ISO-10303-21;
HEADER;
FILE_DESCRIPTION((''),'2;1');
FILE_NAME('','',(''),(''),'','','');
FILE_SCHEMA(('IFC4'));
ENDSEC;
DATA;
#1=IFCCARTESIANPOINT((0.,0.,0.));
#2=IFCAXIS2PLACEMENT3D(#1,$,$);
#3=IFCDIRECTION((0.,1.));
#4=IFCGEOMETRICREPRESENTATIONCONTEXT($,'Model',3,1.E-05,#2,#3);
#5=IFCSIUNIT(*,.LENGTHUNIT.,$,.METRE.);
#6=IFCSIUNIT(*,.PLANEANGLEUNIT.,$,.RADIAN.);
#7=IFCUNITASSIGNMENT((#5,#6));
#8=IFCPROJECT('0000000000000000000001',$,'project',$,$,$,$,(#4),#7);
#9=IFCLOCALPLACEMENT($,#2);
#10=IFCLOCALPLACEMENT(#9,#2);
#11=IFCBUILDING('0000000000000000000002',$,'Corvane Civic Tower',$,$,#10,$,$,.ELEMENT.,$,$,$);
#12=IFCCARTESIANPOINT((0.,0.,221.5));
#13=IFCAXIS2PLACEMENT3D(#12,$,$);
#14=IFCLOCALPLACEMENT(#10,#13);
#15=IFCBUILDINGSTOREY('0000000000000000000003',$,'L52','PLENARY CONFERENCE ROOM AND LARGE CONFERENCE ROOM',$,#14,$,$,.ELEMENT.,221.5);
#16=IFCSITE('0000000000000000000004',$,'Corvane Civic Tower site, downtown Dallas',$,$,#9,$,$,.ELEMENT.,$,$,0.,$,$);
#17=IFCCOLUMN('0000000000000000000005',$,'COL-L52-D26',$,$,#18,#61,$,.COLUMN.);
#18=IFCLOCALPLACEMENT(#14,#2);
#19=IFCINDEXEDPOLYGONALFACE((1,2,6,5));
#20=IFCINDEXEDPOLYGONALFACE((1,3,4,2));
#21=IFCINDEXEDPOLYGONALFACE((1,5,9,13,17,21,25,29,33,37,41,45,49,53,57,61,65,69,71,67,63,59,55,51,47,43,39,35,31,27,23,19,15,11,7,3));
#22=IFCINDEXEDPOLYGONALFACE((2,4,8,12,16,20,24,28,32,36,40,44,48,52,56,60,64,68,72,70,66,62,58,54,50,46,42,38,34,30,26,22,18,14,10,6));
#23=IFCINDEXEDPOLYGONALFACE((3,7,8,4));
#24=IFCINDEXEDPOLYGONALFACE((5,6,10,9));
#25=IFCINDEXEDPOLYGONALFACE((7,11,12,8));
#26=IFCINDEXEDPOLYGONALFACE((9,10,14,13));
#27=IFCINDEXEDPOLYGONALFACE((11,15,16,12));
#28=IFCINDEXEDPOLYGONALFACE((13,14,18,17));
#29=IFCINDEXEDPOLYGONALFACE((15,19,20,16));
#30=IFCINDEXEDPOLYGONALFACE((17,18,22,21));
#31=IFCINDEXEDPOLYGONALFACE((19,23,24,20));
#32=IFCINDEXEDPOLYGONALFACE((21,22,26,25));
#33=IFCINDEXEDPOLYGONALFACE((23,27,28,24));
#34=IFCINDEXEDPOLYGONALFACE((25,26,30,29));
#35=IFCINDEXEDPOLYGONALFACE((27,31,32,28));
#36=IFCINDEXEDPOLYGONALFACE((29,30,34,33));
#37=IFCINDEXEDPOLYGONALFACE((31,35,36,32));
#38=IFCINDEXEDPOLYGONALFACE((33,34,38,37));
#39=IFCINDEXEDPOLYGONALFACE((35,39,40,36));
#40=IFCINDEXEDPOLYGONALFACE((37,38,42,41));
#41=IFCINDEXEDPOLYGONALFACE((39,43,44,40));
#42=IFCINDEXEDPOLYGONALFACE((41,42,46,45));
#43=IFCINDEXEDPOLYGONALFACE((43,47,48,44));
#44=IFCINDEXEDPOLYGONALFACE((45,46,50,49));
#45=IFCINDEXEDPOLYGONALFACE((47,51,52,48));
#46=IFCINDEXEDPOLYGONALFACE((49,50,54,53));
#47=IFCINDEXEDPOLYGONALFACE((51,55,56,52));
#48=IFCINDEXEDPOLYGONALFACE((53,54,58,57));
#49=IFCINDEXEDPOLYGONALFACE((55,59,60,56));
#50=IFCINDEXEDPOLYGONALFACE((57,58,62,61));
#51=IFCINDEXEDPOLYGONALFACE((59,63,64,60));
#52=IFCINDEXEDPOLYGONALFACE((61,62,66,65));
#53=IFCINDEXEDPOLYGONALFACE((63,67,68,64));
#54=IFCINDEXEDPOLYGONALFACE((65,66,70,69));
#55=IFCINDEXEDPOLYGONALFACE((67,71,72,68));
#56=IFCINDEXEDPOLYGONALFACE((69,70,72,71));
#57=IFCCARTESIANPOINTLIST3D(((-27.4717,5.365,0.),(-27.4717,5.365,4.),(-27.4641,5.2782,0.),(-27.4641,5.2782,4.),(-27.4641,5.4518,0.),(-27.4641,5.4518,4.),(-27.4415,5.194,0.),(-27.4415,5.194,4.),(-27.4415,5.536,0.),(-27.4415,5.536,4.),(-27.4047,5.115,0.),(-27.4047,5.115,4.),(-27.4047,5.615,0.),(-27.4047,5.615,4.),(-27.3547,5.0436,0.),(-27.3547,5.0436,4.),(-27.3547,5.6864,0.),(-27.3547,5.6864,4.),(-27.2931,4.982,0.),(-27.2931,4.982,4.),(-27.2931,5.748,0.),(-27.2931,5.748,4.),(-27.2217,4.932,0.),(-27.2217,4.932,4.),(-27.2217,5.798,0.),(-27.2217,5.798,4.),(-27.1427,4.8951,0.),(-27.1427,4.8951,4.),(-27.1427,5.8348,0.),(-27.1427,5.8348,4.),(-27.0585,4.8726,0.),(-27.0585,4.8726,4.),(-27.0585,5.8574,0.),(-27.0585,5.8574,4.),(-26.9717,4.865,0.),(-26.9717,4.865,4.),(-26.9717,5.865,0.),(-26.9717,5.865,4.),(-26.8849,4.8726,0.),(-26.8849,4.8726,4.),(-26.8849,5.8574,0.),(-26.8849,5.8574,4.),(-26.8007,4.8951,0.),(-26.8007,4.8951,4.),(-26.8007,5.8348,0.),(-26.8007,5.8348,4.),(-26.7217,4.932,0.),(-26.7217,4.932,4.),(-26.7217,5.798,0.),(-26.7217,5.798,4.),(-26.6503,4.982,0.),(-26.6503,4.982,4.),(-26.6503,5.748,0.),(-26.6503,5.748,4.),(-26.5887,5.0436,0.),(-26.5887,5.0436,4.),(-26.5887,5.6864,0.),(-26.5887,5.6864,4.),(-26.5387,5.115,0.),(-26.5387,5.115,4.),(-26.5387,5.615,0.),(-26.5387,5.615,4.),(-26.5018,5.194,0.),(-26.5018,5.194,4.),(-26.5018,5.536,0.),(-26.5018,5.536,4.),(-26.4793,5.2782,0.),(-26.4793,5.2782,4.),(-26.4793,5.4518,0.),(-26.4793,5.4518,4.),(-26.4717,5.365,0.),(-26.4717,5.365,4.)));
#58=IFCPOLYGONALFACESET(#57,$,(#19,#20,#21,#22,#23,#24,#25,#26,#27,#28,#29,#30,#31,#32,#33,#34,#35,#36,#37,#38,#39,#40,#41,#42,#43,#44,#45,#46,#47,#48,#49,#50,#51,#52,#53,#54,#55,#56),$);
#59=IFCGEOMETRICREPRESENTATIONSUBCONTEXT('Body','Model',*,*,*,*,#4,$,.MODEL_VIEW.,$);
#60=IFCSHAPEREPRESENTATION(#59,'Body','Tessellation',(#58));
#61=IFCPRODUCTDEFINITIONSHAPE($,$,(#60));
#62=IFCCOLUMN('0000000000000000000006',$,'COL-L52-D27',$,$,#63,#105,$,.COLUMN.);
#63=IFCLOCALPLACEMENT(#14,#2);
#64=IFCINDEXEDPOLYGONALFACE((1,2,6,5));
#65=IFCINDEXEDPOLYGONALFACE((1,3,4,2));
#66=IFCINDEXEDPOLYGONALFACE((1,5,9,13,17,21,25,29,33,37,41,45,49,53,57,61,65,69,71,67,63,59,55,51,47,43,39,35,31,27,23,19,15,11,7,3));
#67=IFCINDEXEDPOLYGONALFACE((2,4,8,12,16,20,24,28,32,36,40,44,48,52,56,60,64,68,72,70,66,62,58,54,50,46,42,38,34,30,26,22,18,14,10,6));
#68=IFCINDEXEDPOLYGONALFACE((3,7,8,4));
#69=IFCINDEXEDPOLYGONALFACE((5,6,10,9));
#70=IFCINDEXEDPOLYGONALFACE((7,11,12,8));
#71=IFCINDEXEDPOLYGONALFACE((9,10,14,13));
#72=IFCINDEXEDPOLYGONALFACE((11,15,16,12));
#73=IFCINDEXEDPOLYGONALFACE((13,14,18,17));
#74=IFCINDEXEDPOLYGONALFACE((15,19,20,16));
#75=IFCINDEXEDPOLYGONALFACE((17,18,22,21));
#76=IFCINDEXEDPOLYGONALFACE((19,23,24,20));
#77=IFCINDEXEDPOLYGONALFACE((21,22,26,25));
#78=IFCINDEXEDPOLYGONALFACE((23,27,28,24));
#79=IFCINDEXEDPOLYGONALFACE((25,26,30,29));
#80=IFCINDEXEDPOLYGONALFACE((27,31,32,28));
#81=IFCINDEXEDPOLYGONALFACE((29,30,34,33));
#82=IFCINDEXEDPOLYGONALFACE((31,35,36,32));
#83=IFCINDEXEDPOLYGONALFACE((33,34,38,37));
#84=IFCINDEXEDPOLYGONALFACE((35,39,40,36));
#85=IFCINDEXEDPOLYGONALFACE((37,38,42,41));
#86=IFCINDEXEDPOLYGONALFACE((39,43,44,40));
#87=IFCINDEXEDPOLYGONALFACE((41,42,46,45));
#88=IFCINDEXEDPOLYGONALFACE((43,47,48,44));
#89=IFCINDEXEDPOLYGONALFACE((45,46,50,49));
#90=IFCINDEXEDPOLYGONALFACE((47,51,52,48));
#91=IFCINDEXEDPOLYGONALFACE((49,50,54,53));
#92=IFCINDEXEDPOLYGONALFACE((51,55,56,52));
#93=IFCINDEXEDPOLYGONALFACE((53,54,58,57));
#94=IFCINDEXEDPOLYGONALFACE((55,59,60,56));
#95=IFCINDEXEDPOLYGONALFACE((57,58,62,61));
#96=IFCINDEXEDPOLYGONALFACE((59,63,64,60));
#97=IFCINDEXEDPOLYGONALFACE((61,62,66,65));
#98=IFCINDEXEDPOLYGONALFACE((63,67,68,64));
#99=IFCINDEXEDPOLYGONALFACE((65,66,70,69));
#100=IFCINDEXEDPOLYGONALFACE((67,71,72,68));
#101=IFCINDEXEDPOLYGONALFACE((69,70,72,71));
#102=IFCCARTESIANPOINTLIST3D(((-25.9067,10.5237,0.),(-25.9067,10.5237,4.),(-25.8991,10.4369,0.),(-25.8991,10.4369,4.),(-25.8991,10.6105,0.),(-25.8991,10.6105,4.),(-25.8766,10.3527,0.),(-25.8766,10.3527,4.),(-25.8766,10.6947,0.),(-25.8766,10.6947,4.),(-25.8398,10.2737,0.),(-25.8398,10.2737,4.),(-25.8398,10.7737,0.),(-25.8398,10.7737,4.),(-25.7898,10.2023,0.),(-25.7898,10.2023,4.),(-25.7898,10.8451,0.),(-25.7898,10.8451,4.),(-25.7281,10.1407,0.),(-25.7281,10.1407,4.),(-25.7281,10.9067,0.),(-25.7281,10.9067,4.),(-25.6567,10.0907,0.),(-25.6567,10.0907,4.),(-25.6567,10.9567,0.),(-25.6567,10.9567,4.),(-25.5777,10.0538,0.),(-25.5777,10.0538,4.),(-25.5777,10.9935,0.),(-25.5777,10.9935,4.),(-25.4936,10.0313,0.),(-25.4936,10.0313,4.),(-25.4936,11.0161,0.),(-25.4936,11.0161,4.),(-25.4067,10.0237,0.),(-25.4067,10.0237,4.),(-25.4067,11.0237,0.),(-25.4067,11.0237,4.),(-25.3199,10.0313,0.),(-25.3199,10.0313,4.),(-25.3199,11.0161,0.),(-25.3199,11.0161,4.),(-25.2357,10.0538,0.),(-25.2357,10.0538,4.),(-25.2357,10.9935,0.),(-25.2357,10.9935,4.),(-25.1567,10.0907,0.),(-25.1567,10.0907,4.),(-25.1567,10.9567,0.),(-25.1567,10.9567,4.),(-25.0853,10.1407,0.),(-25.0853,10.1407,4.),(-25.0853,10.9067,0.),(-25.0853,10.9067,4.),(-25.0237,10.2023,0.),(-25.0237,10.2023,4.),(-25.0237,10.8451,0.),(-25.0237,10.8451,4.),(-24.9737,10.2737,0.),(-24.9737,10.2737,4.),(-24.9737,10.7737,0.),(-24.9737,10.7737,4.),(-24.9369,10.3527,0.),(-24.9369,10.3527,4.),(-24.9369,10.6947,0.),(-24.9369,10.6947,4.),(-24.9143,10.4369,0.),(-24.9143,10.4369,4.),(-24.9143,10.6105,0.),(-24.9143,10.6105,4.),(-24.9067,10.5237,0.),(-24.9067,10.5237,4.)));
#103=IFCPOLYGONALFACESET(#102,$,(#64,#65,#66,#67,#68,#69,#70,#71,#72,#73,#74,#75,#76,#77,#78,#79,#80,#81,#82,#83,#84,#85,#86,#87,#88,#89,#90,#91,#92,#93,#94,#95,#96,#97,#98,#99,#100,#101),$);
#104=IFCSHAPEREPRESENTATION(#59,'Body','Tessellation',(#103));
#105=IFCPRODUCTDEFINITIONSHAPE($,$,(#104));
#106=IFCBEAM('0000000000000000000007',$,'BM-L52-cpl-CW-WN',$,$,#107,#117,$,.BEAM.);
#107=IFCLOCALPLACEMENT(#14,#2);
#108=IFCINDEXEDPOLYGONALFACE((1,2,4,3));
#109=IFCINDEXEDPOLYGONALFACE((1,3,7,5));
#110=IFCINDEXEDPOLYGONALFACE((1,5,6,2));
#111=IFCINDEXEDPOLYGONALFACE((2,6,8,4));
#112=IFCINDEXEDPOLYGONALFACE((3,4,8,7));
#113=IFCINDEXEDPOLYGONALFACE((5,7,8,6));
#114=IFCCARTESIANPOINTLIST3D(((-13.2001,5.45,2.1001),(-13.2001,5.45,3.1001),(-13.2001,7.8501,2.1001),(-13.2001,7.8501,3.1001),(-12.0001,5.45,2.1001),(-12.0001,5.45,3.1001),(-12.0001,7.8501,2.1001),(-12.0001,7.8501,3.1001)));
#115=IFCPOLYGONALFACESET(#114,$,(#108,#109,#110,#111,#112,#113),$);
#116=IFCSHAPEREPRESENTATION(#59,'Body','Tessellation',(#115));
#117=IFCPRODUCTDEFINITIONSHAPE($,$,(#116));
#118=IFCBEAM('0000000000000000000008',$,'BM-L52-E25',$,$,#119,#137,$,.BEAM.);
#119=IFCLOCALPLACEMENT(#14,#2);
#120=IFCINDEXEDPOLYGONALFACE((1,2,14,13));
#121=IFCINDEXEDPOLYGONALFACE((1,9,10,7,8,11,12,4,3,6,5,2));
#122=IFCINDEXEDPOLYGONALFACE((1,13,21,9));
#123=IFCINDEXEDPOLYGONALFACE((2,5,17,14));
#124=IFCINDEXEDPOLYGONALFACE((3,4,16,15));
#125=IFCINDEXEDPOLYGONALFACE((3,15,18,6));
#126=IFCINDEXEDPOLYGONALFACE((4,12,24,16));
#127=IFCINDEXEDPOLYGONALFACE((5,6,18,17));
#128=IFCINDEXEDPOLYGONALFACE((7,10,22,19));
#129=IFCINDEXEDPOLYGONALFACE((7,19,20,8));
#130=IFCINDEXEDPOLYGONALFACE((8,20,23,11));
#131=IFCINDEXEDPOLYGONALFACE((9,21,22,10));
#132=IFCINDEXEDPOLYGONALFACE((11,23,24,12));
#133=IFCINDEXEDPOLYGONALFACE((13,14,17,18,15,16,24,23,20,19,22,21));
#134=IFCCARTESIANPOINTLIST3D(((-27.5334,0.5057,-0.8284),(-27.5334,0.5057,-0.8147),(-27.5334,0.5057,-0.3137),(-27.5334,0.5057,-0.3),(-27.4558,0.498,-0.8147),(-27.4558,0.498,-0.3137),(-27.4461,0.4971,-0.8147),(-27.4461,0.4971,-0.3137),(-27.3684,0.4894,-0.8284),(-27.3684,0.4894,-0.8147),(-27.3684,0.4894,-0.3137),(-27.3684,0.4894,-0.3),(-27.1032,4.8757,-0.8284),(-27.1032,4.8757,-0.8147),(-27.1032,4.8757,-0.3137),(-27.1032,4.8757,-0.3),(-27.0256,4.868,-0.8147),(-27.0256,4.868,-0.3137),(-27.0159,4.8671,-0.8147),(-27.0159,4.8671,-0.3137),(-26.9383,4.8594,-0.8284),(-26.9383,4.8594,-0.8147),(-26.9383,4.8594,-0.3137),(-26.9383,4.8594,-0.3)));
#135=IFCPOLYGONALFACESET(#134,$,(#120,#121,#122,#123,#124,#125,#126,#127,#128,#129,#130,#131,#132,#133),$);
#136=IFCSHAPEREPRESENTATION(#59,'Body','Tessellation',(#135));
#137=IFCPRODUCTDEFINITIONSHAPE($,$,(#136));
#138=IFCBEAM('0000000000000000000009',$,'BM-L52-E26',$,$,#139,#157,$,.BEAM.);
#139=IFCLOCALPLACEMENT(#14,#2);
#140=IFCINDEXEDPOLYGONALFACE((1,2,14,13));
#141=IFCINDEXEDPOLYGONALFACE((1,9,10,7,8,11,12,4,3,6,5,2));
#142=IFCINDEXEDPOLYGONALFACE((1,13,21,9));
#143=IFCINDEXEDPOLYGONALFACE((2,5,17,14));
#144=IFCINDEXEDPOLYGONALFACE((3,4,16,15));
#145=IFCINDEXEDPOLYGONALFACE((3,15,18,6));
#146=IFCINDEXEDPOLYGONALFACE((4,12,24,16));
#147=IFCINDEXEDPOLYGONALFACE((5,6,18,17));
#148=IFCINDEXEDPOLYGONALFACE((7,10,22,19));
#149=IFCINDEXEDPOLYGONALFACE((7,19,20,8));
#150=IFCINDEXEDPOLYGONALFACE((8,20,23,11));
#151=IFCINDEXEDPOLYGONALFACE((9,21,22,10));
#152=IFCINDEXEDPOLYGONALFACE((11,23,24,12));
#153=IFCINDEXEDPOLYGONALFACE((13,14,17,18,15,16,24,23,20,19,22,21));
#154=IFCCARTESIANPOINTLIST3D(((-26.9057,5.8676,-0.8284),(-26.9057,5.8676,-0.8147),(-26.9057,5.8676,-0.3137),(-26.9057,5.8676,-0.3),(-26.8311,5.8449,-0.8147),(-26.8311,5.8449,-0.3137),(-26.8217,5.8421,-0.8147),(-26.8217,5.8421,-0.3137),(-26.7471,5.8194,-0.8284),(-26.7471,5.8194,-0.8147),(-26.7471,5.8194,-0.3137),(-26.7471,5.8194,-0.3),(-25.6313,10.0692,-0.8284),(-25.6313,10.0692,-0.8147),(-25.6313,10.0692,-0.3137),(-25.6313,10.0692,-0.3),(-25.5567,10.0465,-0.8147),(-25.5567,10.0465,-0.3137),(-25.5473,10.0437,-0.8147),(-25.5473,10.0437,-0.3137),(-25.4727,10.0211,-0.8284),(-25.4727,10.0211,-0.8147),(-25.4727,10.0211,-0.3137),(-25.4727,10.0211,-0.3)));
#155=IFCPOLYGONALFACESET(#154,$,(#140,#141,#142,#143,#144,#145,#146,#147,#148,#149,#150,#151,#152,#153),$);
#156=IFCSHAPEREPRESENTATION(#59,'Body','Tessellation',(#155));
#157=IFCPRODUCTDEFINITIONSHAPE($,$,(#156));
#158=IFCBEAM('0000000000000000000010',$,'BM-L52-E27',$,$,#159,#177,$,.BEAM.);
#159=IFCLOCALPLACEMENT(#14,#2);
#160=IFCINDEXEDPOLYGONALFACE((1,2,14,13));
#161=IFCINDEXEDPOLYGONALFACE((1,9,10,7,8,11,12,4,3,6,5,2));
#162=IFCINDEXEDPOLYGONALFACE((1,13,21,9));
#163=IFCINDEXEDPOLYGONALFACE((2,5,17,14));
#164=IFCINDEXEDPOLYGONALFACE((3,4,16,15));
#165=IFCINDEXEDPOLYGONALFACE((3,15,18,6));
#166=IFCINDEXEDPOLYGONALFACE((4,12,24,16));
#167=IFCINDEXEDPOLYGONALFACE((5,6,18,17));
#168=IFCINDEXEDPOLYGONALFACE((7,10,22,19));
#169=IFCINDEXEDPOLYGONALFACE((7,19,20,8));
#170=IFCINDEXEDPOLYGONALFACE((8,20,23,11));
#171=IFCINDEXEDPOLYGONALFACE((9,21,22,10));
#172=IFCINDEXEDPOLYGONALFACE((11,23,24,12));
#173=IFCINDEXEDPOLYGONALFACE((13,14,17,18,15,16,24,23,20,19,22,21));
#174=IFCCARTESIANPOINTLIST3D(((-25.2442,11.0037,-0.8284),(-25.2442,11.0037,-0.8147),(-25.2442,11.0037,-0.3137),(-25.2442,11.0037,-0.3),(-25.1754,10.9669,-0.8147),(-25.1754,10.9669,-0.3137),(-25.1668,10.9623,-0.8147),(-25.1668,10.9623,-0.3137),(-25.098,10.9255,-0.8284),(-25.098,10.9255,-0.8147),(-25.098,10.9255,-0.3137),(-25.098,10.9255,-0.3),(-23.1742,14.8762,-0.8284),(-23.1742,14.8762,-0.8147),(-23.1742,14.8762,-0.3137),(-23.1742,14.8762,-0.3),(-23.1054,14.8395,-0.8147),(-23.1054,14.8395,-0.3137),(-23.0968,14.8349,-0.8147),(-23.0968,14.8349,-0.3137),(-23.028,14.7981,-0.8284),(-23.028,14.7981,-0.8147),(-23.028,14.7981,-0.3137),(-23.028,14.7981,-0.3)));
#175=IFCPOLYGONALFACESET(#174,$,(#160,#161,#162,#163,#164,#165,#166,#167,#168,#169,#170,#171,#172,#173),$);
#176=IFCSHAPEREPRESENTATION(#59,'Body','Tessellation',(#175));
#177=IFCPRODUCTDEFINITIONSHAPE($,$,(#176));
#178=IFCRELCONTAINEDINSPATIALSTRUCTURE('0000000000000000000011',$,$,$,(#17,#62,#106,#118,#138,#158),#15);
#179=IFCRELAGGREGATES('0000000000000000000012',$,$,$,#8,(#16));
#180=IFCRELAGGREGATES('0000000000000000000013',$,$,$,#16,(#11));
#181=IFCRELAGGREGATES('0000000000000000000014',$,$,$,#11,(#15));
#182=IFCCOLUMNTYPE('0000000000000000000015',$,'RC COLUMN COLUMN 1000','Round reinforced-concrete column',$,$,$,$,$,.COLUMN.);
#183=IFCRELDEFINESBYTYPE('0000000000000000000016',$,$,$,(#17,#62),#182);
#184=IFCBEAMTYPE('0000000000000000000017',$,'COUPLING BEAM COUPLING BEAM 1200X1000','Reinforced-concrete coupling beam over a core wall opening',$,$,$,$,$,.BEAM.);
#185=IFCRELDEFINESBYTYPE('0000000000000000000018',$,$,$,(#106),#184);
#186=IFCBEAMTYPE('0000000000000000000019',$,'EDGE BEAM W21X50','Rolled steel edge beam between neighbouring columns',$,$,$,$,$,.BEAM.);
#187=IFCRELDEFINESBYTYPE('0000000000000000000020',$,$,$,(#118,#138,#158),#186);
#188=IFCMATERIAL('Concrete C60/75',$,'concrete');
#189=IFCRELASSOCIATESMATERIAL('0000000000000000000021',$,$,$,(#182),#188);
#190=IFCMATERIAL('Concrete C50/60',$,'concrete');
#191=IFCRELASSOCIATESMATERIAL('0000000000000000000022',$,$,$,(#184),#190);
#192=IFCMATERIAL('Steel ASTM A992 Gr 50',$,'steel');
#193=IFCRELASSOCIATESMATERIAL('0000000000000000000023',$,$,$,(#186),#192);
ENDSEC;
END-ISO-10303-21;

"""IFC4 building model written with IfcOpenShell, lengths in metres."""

from ifc_helpers import new_model, si_unit, direction, frame, origin, origin_2d, place, context, subcontext, project, spatial, rectangle, circle, i_section, extrude, material, material_profile, profile_set, type_object, element, save


model = new_model("IFC4")

# Units and contexts
model_context = context("Model", 3, precision=1e-05, world=origin(), true_north=direction((0.0, 1.0)))
body_context = subcontext(model_context, "Body", "Model", "MODEL_VIEW")
ifc_project = project(units=[si_unit("LENGTHUNIT", "METRE"), si_unit("PLANEANGLEUNIT", "RADIAN")], contexts=[model_context])

# Site, building, storey
site_placement = place(None, origin())
site = spatial("IfcSite", under=ifc_project, at=site_placement, Name="Corvane Civic Tower site, downtown Dallas", CompositionType="ELEMENT", RefElevation=0.0)
building_placement = place(site_placement, origin())
building = spatial("IfcBuilding", under=site, at=building_placement, Name="Corvane Civic Tower", CompositionType="ELEMENT")
storey_placement = place(building_placement, frame((0.0, 0.0, 221.5)))
storey = spatial("IfcBuildingStorey", under=building, at=storey_placement, Name="L52", Description="PLENARY CONFERENCE ROOM AND LARGE CONFERENCE ROOM", CompositionType="ELEMENT", Elevation=221.5)

# Columns
ifc_material_1 = material(Name="Concrete C60/75", Category="concrete")
ifc_material_profile_1 = material_profile(ifc_material_1, circle(Radius=0.5, at=origin_2d()), Name="COLUMN 1000")
ifc_profile_set_1 = profile_set([ifc_material_profile_1], Name="Concrete C60/75")
column_type = type_object("IfcColumnType", Name="RC COLUMN COLUMN 1000", Description="Round reinforced-concrete column", PredefinedType="COLUMN", material=ifc_profile_set_1)
for number, where, z_axis, x_axis, name in (
    (1, (-26.9717, 5.365, 0.0), (0.0, 0.0, 1.0), (1.0, 0.0, 0.0), "COL-L52-D26"),
    (2, (-25.4067, 10.5237, 0.0), (0.0, 0.0, 1.0), (1.0, 0.0, 0.0), "COL-L52-D27"),
):
    element("IfcColumn", number, at=place(storey_placement, frame(where, z_axis=z_axis, x_axis=x_axis)), inside=storey, type_object=column_type, Name=name, PredefinedType="COLUMN", context=body_context, shape_type="SweptSolid", body=[
        extrude(circle(Radius=0.5, at=origin_2d()), origin(), (0.0, 0.0, 1.0), 4.0),
    ])

# Beams
ifc_material_2 = material(Name="Concrete C50/60", Category="concrete")
ifc_material_profile_2 = material_profile(ifc_material_2, rectangle(XDim=1.2, YDim=1.0, at=origin_2d()), Name="COUPLING BEAM 1200X1000")
ifc_profile_set_2 = profile_set([ifc_material_profile_2], Name="Concrete C50/60")
beam_type_1 = type_object("IfcBeamType", Name="COUPLING BEAM COUPLING BEAM 1200X1000", Description="Reinforced-concrete coupling beam over a core wall opening", PredefinedType="BEAM", material=ifc_profile_set_2)
beam_1_placement = place(storey_placement, frame((-12.6001, 5.45, 2.6001), z_axis=(0.0, 1.0, 0.0), x_axis=(-1.0, 0.0, 0.0)))
element("IfcBeam", 3, at=beam_1_placement, inside=storey, type_object=beam_type_1, Name="BM-L52-cpl-CW-WN", PredefinedType="BEAM", context=body_context, shape_type="SweptSolid", body=[
    extrude(rectangle(XDim=1.2, YDim=1.0, at=origin_2d()), origin(), (0.0, 0.0, 1.0), 2.4001),
])
ifc_material_3 = material(Name="Steel ASTM A992 Gr 50", Category="steel")
ifc_material_profile_3 = material_profile(ifc_material_3, i_section(OverallWidth=0.1658, OverallDepth=0.5283, WebThickness=0.0098, FlangeThickness=0.0137, at=origin_2d()), Name="W21X50")
ifc_profile_set_3 = profile_set([ifc_material_profile_3], Name="Steel ASTM A992 Gr 50")
beam_type_2 = type_object("IfcBeamType", Name="EDGE BEAM W21X50", Description="Rolled steel edge beam between neighbouring columns", PredefinedType="BEAM", material=ifc_profile_set_3)
beam_2_placement = place(storey_placement, frame((-27.4509, 0.4976, -0.5642), z_axis=(0.097968, 0.99519, 0.0), x_axis=(-0.99519, 0.097968, 0.0)))
element("IfcBeam", 4, at=beam_2_placement, inside=storey, type_object=beam_type_2, Name="BM-L52-E25", PredefinedType="BEAM", context=body_context, shape_type="SweptSolid", body=[
    extrude(i_section(OverallWidth=0.1658, OverallDepth=0.5283, WebThickness=0.0098, FlangeThickness=0.0137, at=origin_2d()), origin(), (0.0, 0.0, 1.0), 4.3911),
])
beam_3_placement = place(storey_placement, frame((-26.8264, 5.8435, -0.5642), z_axis=(0.290254, 0.95695, 0.0), x_axis=(-0.95695, 0.290254, 0.0)))
element("IfcBeam", 5, at=beam_3_placement, inside=storey, type_object=beam_type_2, Name="BM-L52-E26", PredefinedType="BEAM", context=body_context, shape_type="SweptSolid", body=[
    extrude(i_section(OverallWidth=0.1658, OverallDepth=0.5283, WebThickness=0.0098, FlangeThickness=0.0137, at=origin_2d()), origin(), (0.0, 0.0, 1.0), 4.3906),
])
beam_4_placement = place(storey_placement, frame((-25.1711, 10.9646, -0.5642), z_axis=(0.471422, 0.881908, 0.0), x_axis=(-0.881908, 0.471422, 0.0)))
element("IfcBeam", 6, at=beam_4_placement, inside=storey, type_object=beam_type_2, Name="BM-L52-E27", PredefinedType="BEAM", context=body_context, shape_type="SweptSolid", body=[
    extrude(i_section(OverallWidth=0.1658, OverallDepth=0.5283, WebThickness=0.0098, FlangeThickness=0.0137, at=origin_2d()), origin(), (0.0, 0.0, 1.0), 4.3911),
])

save(model, "model.ifc")
